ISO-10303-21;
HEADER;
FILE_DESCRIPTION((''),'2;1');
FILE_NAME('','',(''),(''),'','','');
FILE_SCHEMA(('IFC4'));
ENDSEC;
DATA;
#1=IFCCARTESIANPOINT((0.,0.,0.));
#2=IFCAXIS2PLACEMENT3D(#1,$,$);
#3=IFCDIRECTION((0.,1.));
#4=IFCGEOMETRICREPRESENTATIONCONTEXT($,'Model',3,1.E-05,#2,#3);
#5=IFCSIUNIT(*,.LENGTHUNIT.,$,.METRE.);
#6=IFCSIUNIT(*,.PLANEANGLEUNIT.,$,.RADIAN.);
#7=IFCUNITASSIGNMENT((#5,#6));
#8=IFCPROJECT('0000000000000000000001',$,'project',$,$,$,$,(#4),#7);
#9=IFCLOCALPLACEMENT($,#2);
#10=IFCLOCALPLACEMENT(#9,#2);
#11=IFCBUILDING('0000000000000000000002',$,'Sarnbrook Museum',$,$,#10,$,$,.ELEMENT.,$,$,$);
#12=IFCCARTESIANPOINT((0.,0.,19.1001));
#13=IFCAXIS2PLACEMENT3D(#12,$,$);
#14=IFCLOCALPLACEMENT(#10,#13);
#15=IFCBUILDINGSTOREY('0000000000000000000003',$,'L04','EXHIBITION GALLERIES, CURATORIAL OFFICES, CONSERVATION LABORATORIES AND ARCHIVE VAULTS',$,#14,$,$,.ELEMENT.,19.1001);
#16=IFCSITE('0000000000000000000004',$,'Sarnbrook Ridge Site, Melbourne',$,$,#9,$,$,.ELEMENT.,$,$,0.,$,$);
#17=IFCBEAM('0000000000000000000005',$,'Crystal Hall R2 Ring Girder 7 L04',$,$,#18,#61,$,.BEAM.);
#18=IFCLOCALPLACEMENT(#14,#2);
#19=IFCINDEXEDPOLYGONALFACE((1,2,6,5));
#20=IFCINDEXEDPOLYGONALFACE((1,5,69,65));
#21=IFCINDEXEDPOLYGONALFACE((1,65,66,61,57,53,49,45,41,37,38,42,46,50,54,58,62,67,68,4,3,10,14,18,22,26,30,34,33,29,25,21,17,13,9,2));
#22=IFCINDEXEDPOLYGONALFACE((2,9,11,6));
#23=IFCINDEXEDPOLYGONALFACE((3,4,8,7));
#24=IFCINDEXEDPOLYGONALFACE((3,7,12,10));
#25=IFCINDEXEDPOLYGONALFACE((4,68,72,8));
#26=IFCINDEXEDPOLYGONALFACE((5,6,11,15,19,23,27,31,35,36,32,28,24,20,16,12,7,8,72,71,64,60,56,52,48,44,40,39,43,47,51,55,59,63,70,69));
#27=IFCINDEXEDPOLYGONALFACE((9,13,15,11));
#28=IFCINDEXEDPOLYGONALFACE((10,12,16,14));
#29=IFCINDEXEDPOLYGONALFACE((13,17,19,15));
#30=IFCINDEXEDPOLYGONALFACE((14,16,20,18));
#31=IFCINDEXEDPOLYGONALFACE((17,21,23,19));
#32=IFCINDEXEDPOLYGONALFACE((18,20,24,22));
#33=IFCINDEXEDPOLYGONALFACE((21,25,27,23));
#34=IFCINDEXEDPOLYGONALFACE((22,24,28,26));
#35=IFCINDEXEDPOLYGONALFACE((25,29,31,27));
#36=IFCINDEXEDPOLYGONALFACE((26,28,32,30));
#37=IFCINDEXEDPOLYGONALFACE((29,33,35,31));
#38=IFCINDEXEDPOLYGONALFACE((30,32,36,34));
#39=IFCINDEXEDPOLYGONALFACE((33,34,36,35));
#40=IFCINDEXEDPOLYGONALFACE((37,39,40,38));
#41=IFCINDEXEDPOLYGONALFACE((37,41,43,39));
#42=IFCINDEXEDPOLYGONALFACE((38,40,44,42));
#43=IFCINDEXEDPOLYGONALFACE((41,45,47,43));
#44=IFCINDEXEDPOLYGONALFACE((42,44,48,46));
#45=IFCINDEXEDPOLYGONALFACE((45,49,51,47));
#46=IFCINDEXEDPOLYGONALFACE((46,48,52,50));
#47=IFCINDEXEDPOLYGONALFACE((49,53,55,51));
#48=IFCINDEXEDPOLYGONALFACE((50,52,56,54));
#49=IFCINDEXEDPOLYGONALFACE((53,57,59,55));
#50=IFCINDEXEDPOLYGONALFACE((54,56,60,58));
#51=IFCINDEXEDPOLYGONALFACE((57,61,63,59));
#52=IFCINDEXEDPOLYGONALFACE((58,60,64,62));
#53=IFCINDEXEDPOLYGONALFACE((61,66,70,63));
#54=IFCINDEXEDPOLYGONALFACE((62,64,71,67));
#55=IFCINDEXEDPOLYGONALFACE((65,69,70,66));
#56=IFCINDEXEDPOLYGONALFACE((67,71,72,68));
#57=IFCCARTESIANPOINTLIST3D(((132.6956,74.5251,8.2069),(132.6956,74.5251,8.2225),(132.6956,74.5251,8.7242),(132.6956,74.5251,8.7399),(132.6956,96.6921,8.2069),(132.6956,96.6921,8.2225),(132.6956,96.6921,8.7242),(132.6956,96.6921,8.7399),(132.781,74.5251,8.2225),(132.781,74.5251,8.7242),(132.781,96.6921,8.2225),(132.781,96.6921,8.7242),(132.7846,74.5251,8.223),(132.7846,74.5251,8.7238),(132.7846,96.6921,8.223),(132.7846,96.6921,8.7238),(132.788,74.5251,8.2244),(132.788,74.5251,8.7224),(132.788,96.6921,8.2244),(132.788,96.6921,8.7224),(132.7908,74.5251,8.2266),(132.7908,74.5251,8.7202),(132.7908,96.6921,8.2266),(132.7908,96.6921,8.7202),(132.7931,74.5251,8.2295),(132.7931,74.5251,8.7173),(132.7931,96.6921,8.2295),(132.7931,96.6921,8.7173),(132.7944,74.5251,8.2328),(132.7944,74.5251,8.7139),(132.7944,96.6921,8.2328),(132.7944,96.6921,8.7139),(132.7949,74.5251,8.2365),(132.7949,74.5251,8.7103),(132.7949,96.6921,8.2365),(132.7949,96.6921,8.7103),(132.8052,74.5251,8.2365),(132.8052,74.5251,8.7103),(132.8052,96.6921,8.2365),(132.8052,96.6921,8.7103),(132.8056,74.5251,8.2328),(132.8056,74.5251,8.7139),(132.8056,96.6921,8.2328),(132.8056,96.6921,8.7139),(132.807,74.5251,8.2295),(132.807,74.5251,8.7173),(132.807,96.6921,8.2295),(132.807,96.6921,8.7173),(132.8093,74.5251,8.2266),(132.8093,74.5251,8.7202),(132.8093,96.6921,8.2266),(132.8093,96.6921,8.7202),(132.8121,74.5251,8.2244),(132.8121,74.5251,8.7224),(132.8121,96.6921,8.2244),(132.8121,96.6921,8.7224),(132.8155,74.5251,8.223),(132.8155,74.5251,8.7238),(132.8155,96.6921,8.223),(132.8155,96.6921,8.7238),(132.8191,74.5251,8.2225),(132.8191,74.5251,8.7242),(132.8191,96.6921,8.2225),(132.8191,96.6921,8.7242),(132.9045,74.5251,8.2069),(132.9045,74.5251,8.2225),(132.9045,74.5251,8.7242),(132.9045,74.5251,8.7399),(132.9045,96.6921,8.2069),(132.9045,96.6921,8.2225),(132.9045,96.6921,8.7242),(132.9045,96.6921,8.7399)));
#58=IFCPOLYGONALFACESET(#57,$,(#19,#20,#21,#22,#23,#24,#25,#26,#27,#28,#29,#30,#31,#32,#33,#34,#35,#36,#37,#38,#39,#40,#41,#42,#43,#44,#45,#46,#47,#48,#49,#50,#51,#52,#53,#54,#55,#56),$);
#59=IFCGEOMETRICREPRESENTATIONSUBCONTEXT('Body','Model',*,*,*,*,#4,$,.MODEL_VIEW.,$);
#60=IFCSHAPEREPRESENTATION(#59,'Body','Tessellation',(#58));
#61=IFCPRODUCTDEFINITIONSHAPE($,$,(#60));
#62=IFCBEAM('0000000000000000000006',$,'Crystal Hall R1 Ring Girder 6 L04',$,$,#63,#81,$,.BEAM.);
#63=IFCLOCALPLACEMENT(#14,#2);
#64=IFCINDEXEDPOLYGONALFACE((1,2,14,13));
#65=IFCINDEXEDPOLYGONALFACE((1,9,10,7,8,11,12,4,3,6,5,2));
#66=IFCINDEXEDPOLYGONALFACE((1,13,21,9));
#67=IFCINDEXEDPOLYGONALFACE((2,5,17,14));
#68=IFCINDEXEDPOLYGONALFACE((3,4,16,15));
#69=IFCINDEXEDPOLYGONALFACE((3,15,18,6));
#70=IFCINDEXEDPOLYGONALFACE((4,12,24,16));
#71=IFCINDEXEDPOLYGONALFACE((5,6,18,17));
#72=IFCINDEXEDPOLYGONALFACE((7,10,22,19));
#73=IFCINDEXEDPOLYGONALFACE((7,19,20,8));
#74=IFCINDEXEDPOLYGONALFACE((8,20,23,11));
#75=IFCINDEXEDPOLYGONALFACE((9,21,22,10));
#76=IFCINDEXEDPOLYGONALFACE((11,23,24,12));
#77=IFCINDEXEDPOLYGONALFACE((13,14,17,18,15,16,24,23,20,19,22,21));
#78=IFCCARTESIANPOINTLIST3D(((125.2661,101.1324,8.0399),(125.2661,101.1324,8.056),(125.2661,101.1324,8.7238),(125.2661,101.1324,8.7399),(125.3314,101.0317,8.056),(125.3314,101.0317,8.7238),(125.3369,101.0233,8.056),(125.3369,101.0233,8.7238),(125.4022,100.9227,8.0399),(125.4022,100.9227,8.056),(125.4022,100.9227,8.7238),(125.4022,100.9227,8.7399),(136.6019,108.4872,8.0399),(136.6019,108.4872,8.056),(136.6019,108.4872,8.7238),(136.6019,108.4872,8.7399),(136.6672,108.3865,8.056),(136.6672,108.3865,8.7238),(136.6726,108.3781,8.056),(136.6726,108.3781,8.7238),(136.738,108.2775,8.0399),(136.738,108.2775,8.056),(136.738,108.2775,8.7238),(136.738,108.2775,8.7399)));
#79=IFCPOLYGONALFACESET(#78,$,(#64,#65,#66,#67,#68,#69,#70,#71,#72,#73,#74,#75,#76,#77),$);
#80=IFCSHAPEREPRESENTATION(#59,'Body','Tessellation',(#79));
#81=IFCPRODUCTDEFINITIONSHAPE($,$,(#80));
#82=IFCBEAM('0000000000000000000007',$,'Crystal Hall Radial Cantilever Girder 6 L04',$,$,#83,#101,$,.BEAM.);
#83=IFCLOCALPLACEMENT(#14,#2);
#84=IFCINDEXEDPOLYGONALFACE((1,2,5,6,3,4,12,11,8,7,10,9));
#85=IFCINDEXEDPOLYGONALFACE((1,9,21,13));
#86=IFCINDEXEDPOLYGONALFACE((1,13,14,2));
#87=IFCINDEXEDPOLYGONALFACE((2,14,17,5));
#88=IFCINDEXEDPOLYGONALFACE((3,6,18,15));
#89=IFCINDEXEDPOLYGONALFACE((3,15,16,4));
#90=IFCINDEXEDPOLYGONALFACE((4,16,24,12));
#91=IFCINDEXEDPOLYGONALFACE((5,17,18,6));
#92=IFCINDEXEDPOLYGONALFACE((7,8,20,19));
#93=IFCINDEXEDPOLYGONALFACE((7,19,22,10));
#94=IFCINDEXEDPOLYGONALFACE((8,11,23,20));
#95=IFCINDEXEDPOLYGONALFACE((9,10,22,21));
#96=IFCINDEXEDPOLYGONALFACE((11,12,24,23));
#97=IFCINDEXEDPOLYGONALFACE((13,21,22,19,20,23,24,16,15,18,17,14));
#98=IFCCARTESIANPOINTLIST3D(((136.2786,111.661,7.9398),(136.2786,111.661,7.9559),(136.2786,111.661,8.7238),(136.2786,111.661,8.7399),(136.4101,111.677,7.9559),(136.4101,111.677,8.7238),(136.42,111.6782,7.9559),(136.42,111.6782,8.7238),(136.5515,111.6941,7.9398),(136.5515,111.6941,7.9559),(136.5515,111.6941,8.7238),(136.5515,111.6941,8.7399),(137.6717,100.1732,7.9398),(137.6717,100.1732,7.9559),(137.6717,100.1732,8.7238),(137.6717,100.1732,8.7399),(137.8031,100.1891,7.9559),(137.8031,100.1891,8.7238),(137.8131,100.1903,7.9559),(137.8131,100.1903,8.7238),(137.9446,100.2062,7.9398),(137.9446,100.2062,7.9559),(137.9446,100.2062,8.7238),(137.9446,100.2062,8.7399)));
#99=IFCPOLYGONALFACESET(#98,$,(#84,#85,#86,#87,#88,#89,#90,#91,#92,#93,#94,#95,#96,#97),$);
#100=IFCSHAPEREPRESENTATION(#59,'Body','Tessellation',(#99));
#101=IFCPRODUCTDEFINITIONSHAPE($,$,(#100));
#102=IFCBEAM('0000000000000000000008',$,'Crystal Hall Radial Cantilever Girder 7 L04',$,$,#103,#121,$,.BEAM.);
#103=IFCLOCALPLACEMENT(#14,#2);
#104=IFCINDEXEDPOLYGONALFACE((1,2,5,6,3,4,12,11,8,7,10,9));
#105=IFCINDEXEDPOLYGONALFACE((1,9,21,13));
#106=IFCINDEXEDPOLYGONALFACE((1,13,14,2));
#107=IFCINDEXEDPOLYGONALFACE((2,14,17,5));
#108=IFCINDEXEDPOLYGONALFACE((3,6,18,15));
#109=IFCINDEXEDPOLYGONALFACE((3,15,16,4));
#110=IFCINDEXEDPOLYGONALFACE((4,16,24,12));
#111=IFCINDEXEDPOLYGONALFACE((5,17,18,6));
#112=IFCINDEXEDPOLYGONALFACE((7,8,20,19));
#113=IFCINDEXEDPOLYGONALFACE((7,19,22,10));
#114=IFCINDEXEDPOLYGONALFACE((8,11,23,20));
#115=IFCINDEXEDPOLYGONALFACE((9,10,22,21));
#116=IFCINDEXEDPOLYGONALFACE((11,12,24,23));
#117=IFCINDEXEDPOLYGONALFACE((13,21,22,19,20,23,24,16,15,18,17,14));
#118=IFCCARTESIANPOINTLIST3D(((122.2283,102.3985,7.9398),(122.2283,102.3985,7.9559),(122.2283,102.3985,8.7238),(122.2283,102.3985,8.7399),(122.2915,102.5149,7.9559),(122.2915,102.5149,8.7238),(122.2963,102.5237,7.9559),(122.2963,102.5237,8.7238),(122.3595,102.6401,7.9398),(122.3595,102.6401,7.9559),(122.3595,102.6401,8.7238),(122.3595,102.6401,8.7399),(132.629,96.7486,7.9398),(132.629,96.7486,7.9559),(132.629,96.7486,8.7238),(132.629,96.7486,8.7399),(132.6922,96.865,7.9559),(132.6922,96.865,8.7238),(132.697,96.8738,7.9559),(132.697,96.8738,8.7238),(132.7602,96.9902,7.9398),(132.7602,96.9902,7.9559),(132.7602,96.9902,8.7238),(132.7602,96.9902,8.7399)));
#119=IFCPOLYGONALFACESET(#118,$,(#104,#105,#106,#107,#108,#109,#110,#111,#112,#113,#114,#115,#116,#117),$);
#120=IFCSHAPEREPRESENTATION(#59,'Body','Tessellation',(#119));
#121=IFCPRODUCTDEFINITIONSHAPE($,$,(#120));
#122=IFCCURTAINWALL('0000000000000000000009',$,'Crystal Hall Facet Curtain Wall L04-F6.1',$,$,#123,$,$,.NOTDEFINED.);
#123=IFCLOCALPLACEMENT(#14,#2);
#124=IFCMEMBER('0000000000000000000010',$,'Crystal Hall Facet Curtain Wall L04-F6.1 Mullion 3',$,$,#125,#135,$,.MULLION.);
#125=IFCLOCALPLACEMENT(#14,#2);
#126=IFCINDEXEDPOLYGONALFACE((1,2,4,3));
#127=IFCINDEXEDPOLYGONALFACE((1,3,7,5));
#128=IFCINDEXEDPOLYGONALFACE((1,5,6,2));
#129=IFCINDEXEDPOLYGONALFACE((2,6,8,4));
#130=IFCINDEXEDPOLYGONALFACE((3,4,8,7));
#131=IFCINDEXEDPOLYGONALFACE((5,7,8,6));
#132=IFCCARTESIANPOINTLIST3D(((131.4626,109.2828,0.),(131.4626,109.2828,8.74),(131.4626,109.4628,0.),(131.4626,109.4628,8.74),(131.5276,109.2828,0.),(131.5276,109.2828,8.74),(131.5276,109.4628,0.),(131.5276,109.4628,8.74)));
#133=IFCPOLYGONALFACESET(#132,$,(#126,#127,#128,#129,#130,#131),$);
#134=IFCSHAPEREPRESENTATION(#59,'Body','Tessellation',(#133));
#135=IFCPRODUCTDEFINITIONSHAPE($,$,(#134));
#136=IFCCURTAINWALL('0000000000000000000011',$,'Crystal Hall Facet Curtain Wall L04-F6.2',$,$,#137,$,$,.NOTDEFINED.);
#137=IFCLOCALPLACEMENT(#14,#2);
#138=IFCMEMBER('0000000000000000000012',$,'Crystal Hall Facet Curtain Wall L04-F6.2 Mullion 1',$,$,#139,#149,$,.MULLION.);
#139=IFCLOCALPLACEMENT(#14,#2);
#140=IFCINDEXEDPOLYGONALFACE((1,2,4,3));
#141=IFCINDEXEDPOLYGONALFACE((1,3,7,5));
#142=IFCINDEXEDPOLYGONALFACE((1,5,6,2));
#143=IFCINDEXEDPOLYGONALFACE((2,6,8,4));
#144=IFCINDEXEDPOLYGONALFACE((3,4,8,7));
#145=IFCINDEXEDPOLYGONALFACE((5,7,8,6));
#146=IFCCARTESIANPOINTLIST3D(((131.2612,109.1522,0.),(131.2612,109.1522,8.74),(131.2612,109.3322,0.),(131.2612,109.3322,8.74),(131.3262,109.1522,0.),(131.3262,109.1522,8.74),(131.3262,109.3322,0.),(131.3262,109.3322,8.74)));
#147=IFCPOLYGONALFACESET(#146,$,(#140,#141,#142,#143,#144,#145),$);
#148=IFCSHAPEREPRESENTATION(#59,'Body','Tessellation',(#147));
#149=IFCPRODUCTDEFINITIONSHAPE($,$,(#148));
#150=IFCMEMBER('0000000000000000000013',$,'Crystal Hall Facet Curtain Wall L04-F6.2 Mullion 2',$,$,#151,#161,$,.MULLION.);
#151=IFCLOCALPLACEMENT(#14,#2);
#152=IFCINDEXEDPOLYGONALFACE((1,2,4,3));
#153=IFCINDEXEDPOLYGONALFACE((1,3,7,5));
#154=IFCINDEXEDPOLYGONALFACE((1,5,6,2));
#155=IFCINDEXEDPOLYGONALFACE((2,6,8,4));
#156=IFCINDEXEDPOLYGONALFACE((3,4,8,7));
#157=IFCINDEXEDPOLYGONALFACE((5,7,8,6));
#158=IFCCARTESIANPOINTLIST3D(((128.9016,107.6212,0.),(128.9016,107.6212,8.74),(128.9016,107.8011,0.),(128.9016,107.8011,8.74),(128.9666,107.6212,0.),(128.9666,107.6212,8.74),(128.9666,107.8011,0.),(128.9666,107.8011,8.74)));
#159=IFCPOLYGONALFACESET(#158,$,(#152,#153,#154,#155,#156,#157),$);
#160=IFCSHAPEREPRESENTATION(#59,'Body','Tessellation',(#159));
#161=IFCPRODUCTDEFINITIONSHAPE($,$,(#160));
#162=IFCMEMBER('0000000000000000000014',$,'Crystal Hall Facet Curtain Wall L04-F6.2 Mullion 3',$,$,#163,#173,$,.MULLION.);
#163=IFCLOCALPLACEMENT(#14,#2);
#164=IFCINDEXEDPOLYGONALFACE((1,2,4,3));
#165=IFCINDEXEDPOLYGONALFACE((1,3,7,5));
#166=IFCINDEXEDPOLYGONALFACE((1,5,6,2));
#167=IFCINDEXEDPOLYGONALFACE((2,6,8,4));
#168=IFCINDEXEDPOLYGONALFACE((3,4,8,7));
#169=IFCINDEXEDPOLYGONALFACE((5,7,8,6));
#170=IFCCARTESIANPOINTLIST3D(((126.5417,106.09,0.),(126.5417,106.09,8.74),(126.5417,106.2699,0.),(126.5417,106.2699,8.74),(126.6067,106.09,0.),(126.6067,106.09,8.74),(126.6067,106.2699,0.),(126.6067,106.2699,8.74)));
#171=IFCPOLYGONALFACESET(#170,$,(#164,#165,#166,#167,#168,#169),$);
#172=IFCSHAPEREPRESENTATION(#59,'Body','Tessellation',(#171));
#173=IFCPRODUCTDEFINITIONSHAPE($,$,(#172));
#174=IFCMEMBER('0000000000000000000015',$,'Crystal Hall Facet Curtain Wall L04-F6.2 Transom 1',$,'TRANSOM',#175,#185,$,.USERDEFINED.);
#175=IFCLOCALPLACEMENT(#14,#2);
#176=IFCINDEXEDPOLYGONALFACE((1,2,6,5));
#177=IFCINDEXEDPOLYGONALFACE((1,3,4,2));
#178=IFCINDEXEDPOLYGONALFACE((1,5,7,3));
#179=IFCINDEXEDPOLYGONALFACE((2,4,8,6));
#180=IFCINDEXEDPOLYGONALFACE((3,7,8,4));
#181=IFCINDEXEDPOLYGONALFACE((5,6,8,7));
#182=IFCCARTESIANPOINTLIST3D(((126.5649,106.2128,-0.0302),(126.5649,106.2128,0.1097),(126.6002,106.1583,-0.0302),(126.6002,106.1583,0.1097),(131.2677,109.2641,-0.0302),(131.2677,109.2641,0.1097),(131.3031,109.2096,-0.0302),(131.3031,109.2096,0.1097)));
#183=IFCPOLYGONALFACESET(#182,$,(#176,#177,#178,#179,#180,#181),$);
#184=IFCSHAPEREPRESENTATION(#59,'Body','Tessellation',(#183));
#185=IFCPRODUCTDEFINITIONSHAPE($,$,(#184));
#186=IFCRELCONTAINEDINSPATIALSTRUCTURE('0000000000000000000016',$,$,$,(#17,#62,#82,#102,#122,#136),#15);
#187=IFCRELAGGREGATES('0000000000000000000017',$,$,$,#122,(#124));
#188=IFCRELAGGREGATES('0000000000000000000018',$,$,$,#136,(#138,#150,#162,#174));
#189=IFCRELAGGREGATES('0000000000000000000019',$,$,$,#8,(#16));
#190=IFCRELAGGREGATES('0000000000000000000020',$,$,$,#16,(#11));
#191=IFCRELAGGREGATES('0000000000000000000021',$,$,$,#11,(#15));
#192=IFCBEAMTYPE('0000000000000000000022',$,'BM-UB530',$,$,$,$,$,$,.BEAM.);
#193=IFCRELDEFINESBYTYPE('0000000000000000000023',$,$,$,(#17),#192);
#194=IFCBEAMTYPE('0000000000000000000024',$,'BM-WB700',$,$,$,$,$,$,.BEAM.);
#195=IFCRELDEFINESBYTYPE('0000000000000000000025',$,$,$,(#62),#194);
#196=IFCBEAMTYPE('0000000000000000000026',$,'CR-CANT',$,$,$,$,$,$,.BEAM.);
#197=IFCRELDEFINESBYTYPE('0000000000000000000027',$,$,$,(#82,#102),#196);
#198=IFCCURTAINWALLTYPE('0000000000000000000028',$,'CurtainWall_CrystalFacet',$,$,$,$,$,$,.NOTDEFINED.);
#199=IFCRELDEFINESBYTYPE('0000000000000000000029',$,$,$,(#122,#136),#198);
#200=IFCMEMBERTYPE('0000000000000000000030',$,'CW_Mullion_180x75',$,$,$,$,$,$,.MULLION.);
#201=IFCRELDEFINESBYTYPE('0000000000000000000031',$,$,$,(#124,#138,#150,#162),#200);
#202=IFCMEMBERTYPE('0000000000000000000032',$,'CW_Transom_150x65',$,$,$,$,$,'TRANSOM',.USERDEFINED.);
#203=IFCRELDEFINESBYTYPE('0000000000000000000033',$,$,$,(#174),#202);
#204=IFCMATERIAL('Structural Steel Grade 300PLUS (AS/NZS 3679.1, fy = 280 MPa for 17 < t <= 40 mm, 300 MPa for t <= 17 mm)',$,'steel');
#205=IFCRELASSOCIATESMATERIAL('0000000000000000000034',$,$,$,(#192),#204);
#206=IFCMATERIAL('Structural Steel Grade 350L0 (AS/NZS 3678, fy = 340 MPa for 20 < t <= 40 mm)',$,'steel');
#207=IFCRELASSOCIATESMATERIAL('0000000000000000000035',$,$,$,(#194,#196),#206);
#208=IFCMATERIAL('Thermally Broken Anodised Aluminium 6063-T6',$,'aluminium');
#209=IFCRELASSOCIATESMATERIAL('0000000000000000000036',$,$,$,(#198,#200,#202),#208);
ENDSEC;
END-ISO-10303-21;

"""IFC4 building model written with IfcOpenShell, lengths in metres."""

from ifc_helpers import new_model, si_unit, direction, frame, origin, origin_2d, place, context, subcontext, project, spatial, rectangle, i_section, extrude, material, material_profile, profile_set, type_object, element, aggregate, save


model = new_model("IFC4")

# Units and contexts
model_context = context("Model", 3, precision=1e-05, world=origin(), true_north=direction((0.0, 1.0)))
body_context = subcontext(model_context, "Body", "Model", "MODEL_VIEW")
ifc_project = project(units=[si_unit("LENGTHUNIT", "METRE"), si_unit("PLANEANGLEUNIT", "RADIAN")], contexts=[model_context])

# Site, building, storey
site_placement = place(None, origin())
site = spatial("IfcSite", under=ifc_project, at=site_placement, Name="Sarnbrook Ridge Site, Melbourne", CompositionType="ELEMENT", RefElevation=0.0)
building_placement = place(site_placement, origin())
building = spatial("IfcBuilding", under=site, at=building_placement, Name="Sarnbrook Museum", CompositionType="ELEMENT")
storey_placement = place(building_placement, frame((0.0, 0.0, 19.1001)))
storey = spatial("IfcBuildingStorey", under=building, at=storey_placement, Name="L04", Description="EXHIBITION GALLERIES, CURATORIAL OFFICES, CONSERVATION LABORATORIES AND ARCHIVE VAULTS", CompositionType="ELEMENT", Elevation=19.1001)

# Shared definitions
ifc_material_1 = material(Name="Structural Steel Grade 350L0 (AS/NZS 3678, fy = 340 MPa for 20 < t <= 40 mm)", Category="steel")

# Beams
ifc_material_2 = material(Name="Structural Steel Grade 300PLUS (AS/NZS 3679.1, fy = 280 MPa for 17 < t <= 40 mm, 300 MPa for t <= 17 mm)", Category="steel")
ifc_material_profile_1 = material_profile(ifc_material_2, i_section(OverallWidth=0.209, OverallDepth=0.533, WebThickness=0.0103, FlangeThickness=0.0156, FilletRadius=0.0139, at=origin_2d()), Name="530UB92.4")
ifc_profile_set_1 = profile_set([ifc_material_profile_1], Name="Structural Steel Grade 300PLUS (AS/NZS 3679.1, fy = 280 MPa for 17 < t <= 40 mm, 300 MPa for t <= 17 mm)")
beam_type_1 = type_object("IfcBeamType", Name="BM-UB530", PredefinedType="BEAM", material=ifc_profile_set_1)
beam_1_placement = place(storey_placement, frame((132.8, 96.6921, 8.4734), z_axis=(0.0, -1.0, 0.0), x_axis=(1.0, 0.0, 0.0)))
element("IfcBeam", 1, at=beam_1_placement, inside=storey, type_object=beam_type_1, Name="Crystal Hall R2 Ring Girder 7 L04", PredefinedType="BEAM", context=body_context, shape_type="SweptSolid", body=[
    extrude(i_section(OverallWidth=0.209, OverallDepth=0.533, WebThickness=0.0103, FlangeThickness=0.0156, FilletRadius=0.0139, at=origin_2d()), origin(), (0.0, 0.0, 1.0), 22.167),
])
ifc_material_profile_2 = material_profile(ifc_material_1, i_section(OverallWidth=0.25, OverallDepth=0.7, WebThickness=0.01, FlangeThickness=0.0161, at=origin_2d()), Name="700WB130")
ifc_profile_set_2 = profile_set([ifc_material_profile_2], Name="Structural Steel Grade 350L0 (AS/NZS 3678, fy = 340 MPa for 20 < t <= 40 mm)")
beam_type_2 = type_object("IfcBeamType", Name="BM-WB700", PredefinedType="BEAM", material=ifc_profile_set_2)
beam_2_placement = place(storey_placement, frame((136.6699, 108.3823, 8.3899), z_axis=(-0.838899, -0.544288, 0.0), x_axis=(0.544288, -0.838899, 0.0)))
element("IfcBeam", 2, at=beam_2_placement, inside=storey, type_object=beam_type_2, Name="Crystal Hall R1 Ring Girder 6 L04", PredefinedType="BEAM", context=body_context, shape_type="SweptSolid", body=[
    extrude(i_section(OverallWidth=0.25, OverallDepth=0.7, WebThickness=0.01, FlangeThickness=0.0161, at=origin_2d()), origin(), (0.0, 0.0, 1.0), 13.5127),
])
ifc_material_profile_3 = material_profile(ifc_material_1, i_section(OverallWidth=0.2749, OverallDepth=0.8, WebThickness=0.01, FlangeThickness=0.0161, at=origin_2d()), Name="800WB146")
ifc_profile_set_3 = profile_set([ifc_material_profile_3], Name="Structural Steel Grade 350L0 (AS/NZS 3678, fy = 340 MPa for 20 < t <= 40 mm)")
beam_type_3 = type_object("IfcBeamType", Name="CR-CANT", PredefinedType="BEAM", material=ifc_profile_set_3)
beam_3_placement = place(storey_placement, frame((137.8081, 100.1897, 8.3398), z_axis=(-0.120383, 0.992728, 0.0), x_axis=(-0.992728, -0.120383, 0.0)))
element("IfcBeam", 3, at=beam_3_placement, inside=storey, type_object=beam_type_3, Name="Crystal Hall Radial Cantilever Girder 6 L04", PredefinedType="BEAM", context=body_context, shape_type="SweptSolid", body=[
    extrude(i_section(OverallWidth=0.2749, OverallDepth=0.8, WebThickness=0.01, FlangeThickness=0.0161, at=origin_2d()), origin(), (0.0, 0.0, 1.0), 11.572),
])
beam_4_placement = place(storey_placement, frame((132.6946, 96.8694, 8.3398), z_axis=(-0.878717, 0.477343, 0.0), x_axis=(-0.477343, -0.878717, 0.0)))
element("IfcBeam", 4, at=beam_4_placement, inside=storey, type_object=beam_type_3, Name="Crystal Hall Radial Cantilever Girder 7 L04", PredefinedType="BEAM", context=body_context, shape_type="SweptSolid", body=[
    extrude(i_section(OverallWidth=0.2749, OverallDepth=0.8, WebThickness=0.01, FlangeThickness=0.0161, at=origin_2d()), origin(), (0.0, 0.0, 1.0), 11.8362),
])

# Curtain wall, member
ifc_material_3 = material(Name="Thermally Broken Anodised Aluminium 6063-T6", Category="aluminium")
curtain_wall_type = type_object("IfcCurtainWallType", Name="CurtainWall_CrystalFacet", PredefinedType="NOTDEFINED", material=ifc_material_3)
curtain_wall_1_placement = place(storey_placement, origin())
curtain_wall_1 = element("IfcCurtainWall", 5, at=curtain_wall_1_placement, inside=storey, type_object=curtain_wall_type, Name="Crystal Hall Facet Curtain Wall L04-F6.1", PredefinedType="NOTDEFINED")
ifc_material_profile_4 = material_profile(ifc_material_3, rectangle(XDim=0.0649, YDim=0.1799, at=origin_2d()), Name="ALU MULLION 65x180")
ifc_profile_set_4 = profile_set([ifc_material_profile_4], Name="Thermally Broken Anodised Aluminium 6063-T6")
member_type_1 = type_object("IfcMemberType", Name="CW_Mullion_180x75", PredefinedType="MULLION", material=ifc_profile_set_4)
member_1_placement = place(storey_placement, frame((131.4951, 109.3728, 0.0), z_axis=(0.0, 0.0, 1.0), x_axis=(1.0, 0.0, 0.0)))
member_1 = element("IfcMember", 6, at=member_1_placement, type_object=member_type_1, Name="Crystal Hall Facet Curtain Wall L04-F6.1 Mullion 3", PredefinedType="MULLION", context=body_context, shape_type="SweptSolid", body=[
    extrude(rectangle(XDim=0.0649, YDim=0.1799, at=origin_2d()), origin(), (0.0, 0.0, 1.0), 8.74),
])
aggregate(curtain_wall_1, [member_1])

# Curtain wall, members
curtain_wall_2_placement = place(storey_placement, origin())
curtain_wall_2 = element("IfcCurtainWall", 7, at=curtain_wall_2_placement, inside=storey, type_object=curtain_wall_type, Name="Crystal Hall Facet Curtain Wall L04-F6.2", PredefinedType="NOTDEFINED")
member_2_placement = place(storey_placement, frame((131.2937, 109.2422, 0.0), z_axis=(0.0, 0.0, 1.0), x_axis=(1.0, 0.0, 0.0)))
member_2 = element("IfcMember", 8, at=member_2_placement, type_object=member_type_1, Name="Crystal Hall Facet Curtain Wall L04-F6.2 Mullion 1", PredefinedType="MULLION", context=body_context, shape_type="SweptSolid", body=[
    extrude(rectangle(XDim=0.0649, YDim=0.1799, at=origin_2d()), origin(), (0.0, 0.0, 1.0), 8.74),
])
member_3_placement = place(storey_placement, frame((128.9341, 107.7112, 0.0), z_axis=(0.0, 0.0, 1.0), x_axis=(1.0, 0.0, 0.0)))
member_3 = element("IfcMember", 9, at=member_3_placement, type_object=member_type_1, Name="Crystal Hall Facet Curtain Wall L04-F6.2 Mullion 2", PredefinedType="MULLION", context=body_context, shape_type="SweptSolid", body=[
    extrude(rectangle(XDim=0.0649, YDim=0.1799, at=origin_2d()), origin(), (0.0, 0.0, 1.0), 8.74),
])
member_4_placement = place(storey_placement, frame((126.5742, 106.1799, 0.0), z_axis=(0.0, 0.0, 1.0), x_axis=(1.0, 0.0, 0.0)))
member_4 = element("IfcMember", 10, at=member_4_placement, type_object=member_type_1, Name="Crystal Hall Facet Curtain Wall L04-F6.2 Mullion 3", PredefinedType="MULLION", context=body_context, shape_type="SweptSolid", body=[
    extrude(rectangle(XDim=0.0649, YDim=0.1799, at=origin_2d()), origin(), (0.0, 0.0, 1.0), 8.74),
])
ifc_material_profile_5 = material_profile(ifc_material_3, rectangle(XDim=0.0649, YDim=0.1399, at=origin_2d()), Name="ALU TRANSOM 65x140")
ifc_profile_set_5 = profile_set([ifc_material_profile_5], Name="Thermally Broken Anodised Aluminium 6063-T6")
member_type_2 = type_object("IfcMemberType", Name="CW_Transom_150x65", ElementType="TRANSOM", PredefinedType="USERDEFINED", material=ifc_profile_set_5)
member_5_placement = place(storey_placement, frame((131.2854, 109.2368, 0.0398), z_axis=(-0.8389, -0.544286, 0.0), x_axis=(0.544286, -0.8389, 0.0)))
member_5 = element("IfcMember", 11, at=member_5_placement, type_object=member_type_2, Name="Crystal Hall Facet Curtain Wall L04-F6.2 Transom 1", ObjectType="TRANSOM", PredefinedType="USERDEFINED", context=body_context, shape_type="SweptSolid", body=[
    extrude(rectangle(XDim=0.0649, YDim=0.1399, at=origin_2d()), origin(), (0.0, 0.0, 1.0), 5.606),
])

aggregate(curtain_wall_2, [member_2, member_3, member_4, member_5])

save(model, "model.ifc")
